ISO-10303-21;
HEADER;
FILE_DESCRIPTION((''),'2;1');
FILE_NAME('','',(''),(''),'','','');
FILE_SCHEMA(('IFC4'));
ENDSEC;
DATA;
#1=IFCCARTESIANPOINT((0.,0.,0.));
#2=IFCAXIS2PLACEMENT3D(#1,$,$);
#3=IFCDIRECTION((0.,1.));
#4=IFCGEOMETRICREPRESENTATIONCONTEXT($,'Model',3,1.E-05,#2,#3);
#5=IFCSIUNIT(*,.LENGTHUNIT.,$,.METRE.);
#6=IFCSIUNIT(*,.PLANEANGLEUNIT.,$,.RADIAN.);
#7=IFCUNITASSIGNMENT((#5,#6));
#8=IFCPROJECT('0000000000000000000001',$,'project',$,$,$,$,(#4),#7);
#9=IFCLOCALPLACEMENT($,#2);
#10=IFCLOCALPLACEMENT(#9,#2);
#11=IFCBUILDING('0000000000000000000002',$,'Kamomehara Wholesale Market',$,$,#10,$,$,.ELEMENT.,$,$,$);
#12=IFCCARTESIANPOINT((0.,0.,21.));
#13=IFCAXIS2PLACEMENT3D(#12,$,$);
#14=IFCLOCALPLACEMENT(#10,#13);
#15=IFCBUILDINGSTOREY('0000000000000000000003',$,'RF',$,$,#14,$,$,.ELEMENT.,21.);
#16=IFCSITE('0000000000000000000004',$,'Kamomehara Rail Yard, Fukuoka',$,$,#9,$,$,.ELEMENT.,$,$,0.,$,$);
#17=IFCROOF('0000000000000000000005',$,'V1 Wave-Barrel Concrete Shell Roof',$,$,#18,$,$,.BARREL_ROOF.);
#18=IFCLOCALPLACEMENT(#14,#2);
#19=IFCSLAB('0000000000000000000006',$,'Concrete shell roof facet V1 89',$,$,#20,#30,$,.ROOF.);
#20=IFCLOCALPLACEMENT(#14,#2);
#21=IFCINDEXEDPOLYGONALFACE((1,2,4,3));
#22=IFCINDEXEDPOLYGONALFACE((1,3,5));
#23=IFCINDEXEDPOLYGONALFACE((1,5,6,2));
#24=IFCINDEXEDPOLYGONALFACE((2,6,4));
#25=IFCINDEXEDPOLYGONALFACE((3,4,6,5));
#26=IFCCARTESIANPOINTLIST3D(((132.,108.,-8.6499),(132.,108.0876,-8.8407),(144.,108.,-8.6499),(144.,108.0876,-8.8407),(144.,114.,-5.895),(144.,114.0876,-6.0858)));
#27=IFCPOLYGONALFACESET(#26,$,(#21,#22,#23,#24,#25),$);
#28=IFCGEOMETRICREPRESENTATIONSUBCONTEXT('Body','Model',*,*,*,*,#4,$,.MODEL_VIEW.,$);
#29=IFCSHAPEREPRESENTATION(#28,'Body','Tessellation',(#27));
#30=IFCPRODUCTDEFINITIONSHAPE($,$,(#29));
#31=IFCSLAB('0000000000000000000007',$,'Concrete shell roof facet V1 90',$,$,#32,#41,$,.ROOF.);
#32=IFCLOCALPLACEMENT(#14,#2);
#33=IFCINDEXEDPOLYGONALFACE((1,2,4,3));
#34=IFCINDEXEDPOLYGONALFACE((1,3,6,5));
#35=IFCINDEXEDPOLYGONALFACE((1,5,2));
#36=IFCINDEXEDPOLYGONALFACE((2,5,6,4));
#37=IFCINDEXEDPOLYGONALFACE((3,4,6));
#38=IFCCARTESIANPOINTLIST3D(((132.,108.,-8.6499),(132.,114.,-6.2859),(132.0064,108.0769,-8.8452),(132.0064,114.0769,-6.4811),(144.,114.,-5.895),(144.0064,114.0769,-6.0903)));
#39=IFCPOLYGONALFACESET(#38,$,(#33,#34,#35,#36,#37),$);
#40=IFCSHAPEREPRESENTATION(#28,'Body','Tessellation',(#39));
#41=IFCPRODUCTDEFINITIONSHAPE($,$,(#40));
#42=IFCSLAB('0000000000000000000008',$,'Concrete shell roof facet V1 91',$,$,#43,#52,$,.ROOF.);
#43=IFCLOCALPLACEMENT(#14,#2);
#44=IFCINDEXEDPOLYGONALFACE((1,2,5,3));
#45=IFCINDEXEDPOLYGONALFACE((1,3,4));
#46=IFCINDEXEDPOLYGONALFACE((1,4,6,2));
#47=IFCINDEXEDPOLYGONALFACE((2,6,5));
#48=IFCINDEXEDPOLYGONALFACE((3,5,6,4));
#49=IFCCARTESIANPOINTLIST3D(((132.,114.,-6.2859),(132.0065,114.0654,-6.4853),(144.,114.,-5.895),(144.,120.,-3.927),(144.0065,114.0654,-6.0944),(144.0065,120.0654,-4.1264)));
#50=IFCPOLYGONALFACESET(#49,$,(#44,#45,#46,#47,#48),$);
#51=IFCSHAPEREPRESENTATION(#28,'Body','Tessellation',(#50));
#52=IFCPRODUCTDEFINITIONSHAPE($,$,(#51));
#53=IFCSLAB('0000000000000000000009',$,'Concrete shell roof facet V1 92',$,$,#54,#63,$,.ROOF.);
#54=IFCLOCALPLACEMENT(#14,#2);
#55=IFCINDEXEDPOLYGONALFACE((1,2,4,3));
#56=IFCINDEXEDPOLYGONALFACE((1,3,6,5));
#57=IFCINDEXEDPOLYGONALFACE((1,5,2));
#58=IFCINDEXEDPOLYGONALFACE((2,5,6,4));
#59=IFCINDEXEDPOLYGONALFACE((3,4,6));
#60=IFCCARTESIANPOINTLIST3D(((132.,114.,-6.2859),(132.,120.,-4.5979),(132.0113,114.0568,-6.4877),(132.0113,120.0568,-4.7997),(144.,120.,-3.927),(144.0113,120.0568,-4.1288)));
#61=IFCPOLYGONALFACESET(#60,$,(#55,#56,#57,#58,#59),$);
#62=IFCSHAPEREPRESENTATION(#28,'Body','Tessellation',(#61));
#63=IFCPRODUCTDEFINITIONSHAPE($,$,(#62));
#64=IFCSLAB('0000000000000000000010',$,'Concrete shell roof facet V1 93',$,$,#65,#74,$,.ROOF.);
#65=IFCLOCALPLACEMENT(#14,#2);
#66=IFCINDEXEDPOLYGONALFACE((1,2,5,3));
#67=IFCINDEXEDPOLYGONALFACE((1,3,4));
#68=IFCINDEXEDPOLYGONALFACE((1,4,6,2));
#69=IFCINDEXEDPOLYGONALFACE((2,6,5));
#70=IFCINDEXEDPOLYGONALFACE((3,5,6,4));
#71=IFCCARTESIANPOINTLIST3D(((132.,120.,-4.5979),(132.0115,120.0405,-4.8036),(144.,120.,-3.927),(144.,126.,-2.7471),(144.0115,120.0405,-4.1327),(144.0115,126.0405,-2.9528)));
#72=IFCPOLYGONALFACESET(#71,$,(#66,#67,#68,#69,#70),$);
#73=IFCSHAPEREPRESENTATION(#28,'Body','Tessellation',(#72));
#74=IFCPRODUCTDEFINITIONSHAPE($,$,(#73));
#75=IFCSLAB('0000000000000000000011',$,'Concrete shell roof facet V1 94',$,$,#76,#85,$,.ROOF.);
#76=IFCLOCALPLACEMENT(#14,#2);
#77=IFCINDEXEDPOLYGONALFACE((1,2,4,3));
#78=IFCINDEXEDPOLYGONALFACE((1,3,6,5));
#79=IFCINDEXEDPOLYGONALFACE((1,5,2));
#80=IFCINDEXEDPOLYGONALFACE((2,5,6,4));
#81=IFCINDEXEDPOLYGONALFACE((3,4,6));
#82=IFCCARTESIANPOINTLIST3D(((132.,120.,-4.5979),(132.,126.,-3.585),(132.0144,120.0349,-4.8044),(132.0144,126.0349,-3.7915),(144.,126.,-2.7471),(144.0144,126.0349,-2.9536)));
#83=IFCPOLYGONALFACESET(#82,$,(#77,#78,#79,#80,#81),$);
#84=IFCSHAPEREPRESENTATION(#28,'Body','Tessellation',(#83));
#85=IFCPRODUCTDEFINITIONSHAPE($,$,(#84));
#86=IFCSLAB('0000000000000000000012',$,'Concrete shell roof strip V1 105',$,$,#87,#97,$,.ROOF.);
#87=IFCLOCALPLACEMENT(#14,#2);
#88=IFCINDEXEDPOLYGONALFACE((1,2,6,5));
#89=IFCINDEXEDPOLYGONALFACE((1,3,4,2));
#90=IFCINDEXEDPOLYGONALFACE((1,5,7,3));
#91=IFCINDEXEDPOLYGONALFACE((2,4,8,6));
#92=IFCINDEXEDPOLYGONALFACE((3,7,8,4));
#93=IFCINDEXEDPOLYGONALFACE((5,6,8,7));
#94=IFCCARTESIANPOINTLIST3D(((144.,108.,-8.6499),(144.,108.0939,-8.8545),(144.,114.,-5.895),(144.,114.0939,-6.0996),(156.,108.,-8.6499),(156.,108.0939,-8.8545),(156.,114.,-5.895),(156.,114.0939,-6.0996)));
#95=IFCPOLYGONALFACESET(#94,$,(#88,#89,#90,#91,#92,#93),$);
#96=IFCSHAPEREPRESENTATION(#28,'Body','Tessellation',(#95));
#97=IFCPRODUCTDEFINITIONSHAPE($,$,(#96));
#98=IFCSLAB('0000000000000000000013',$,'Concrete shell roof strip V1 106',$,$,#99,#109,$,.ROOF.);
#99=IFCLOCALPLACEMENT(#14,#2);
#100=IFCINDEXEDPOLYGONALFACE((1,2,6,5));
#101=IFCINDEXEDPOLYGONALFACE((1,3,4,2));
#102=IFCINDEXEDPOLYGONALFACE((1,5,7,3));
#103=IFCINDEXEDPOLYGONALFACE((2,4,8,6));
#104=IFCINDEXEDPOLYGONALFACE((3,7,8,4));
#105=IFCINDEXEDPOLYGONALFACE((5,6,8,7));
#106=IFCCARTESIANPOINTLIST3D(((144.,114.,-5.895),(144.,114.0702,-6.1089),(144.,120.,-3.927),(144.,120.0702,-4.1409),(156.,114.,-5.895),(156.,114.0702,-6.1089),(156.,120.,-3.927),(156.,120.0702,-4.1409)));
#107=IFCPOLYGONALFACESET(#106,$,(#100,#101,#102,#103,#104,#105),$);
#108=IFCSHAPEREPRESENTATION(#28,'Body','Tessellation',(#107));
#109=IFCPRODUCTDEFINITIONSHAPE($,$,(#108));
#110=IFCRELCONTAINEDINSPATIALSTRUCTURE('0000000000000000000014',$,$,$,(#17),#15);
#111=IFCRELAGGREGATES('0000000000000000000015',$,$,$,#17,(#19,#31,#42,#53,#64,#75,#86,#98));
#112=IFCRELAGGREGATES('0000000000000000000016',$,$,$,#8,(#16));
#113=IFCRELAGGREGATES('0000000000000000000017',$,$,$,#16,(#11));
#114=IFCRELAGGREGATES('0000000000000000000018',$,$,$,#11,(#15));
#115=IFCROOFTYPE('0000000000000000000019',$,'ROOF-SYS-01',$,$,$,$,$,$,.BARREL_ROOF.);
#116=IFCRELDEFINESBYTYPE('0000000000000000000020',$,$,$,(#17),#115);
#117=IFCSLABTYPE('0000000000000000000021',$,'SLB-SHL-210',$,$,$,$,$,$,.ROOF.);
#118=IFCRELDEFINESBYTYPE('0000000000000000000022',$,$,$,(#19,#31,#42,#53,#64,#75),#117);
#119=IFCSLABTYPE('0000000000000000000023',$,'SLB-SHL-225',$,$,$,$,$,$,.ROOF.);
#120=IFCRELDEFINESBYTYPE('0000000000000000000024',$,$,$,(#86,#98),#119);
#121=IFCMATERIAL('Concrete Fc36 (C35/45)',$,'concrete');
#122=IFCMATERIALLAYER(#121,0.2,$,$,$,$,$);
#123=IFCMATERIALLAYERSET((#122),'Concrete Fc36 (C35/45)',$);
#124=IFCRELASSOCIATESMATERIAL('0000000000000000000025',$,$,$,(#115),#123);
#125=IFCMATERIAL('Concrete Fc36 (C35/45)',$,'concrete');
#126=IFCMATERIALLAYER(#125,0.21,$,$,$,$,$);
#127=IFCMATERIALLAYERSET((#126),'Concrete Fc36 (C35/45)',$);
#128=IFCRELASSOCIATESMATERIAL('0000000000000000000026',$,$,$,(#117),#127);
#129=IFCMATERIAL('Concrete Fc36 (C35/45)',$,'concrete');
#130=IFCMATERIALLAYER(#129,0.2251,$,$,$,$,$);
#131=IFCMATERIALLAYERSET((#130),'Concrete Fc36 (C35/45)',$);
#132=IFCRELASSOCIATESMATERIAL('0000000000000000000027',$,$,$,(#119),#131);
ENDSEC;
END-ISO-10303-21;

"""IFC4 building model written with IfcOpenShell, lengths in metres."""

from ifc_helpers import new_model, si_unit, direction, frame, origin, place, context, subcontext, project, spatial, polyline, outline, extrude, material, layer, layer_set, type_object, element, aggregate, save


model = new_model("IFC4")

# Units and contexts
model_context = context("Model", 3, precision=1e-05, world=origin(), true_north=direction((0.0, 1.0)))
body_context = subcontext(model_context, "Body", "Model", "MODEL_VIEW")
ifc_project = project(units=[si_unit("LENGTHUNIT", "METRE"), si_unit("PLANEANGLEUNIT", "RADIAN")], contexts=[model_context])

# Site, building, storey
site_placement = place(None, origin())
site = spatial("IfcSite", under=ifc_project, at=site_placement, Name="Kamomehara Rail Yard, Fukuoka", CompositionType="ELEMENT", RefElevation=0.0)
building_placement = place(site_placement, origin())
building = spatial("IfcBuilding", under=site, at=building_placement, Name="Kamomehara Wholesale Market", CompositionType="ELEMENT")
storey_placement = place(building_placement, frame((0.0, 0.0, 21.0)))
storey = spatial("IfcBuildingStorey", under=building, at=storey_placement, Name="RF", CompositionType="ELEMENT", Elevation=21.0)

# Roof, slabs
ifc_material_1 = material(Name="Concrete Fc36 (C35/45)", Category="concrete")
ifc_layer_1 = layer(ifc_material_1, 0.2)
ifc_layer_set_1 = layer_set([ifc_layer_1], Name="Concrete Fc36 (C35/45)")
roof_type = type_object("IfcRoofType", Name="ROOF-SYS-01", PredefinedType="BARREL_ROOF", material=ifc_layer_set_1)
roof_placement = place(storey_placement, origin())
roof = element("IfcRoof", 1, at=roof_placement, inside=storey, type_object=roof_type, Name="V1 Wave-Barrel Concrete Shell Roof", PredefinedType="BARREL_ROOF")
ifc_material_2 = material(Name="Concrete Fc36 (C35/45)", Category="concrete")
ifc_layer_2 = layer(ifc_material_2, 0.21)
ifc_layer_set_2 = layer_set([ifc_layer_2], Name="Concrete Fc36 (C35/45)")
slab_type_1 = type_object("IfcSlabType", Name="SLB-SHL-210", PredefinedType="ROOF", material=ifc_layer_set_2)
slab_1_placement = place(storey_placement, frame((132.0, 108.0, -8.6499), z_axis=(0.0, -0.417266, 0.908784), x_axis=(1.0, 0.0, 0.0)))
slab_1 = element("IfcSlab", 2, at=slab_1_placement, type_object=slab_type_1, Name="Concrete shell roof facet V1 89", PredefinedType="ROOF", context=body_context, shape_type="SweptSolid", body=[
    extrude(outline(polyline([(0.0, 0.0), (12.0, 0.0), (12.0, 6.6022), (0.0, 0.0)])), origin(), (0.0, 0.0, -1.0), 0.21),
])
slab_2_placement = place(storey_placement, frame((132.0, 108.0, -8.6499), z_axis=(-0.030291, -0.366407, 0.929962), x_axis=(0.876147, 0.438074, 0.20114)))
slab_2 = element("IfcSlab", 3, at=slab_2_placement, type_object=slab_type_1, Name="Concrete shell roof facet V1 90", PredefinedType="ROOF", context=body_context, shape_type="SweptSolid", body=[
    extrude(outline(polyline([(0.0, 0.0), (13.6963, 0.0), (3.1039, 5.6528), (0.0, 0.0)])), origin(), (0.0, 0.0, -1.0), 0.21),
])
slab_3_placement = place(storey_placement, frame((132.0, 114.0, -6.2859), z_axis=(-0.030935, -0.311517, 0.949737), x_axis=(0.99947, 0.0, 0.032555)))
slab_3 = element("IfcSlab", 4, at=slab_3_placement, type_object=slab_type_1, Name="Concrete shell roof facet V1 91", PredefinedType="ROOF", context=body_context, shape_type="SweptSolid", body=[
    extrude(outline(polyline([(0.0, 0.0), (12.0064, 0.0), (12.0704, 6.3142), (0.0, 0.0)])), origin(), (0.0, 0.0, -1.0), 0.21),
])
slab_4_placement = place(storey_placement, frame((132.0, 114.0, -6.2859), z_axis=(-0.053741, -0.270427, 0.961239), x_axis=(0.880915, 0.440457, 0.173165)))
slab_4 = element("IfcSlab", 5, at=slab_4_placement, type_object=slab_type_1, Name="Concrete shell roof facet V1 92", PredefinedType="ROOF", context=body_context, shape_type="SweptSolid", body=[
    extrude(outline(polyline([(0.0, 0.0), (13.6222, 0.0), (2.935, 5.4986), (0.0, 0.0)])), origin(), (0.0, 0.0, -1.0), 0.21),
])
slab_5_placement = place(storey_placement, frame((132.0, 120.0, -4.5979), z_axis=(-0.054775, -0.19267, 0.979734), x_axis=(0.998441, 0.0, 0.055821)))
slab_5 = element("IfcSlab", 6, at=slab_5_placement, type_object=slab_type_1, Name="Concrete shell roof facet V1 93", PredefinedType="ROOF", context=body_context, shape_type="SweptSolid", body=[
    extrude(outline(polyline([(0.0, 0.0), (12.0187, 0.0), (12.0846, 6.1146), (0.0, 0.0)])), origin(), (0.0, 0.0, -1.0), 0.21),
])
slab_6_placement = place(storey_placement, frame((132.0, 120.0, -4.5979), z_axis=(-0.068687, -0.166074, 0.983718), x_axis=(0.886036, 0.443018, 0.136658)))
slab_6 = element("IfcSlab", 7, at=slab_6_placement, type_object=slab_type_1, Name="Concrete shell roof facet V1 94", PredefinedType="ROOF", context=body_context, shape_type="SweptSolid", body=[
    extrude(outline(polyline([(0.0, 0.0), (13.5435, 0.0), (2.7965, 5.4042), (0.0, 0.0)])), origin(), (0.0, 0.0, -1.0), 0.21),
])
ifc_material_3 = material(Name="Concrete Fc36 (C35/45)", Category="concrete")
ifc_layer_3 = layer(ifc_material_3, 0.2251)
ifc_layer_set_3 = layer_set([ifc_layer_3], Name="Concrete Fc36 (C35/45)")
slab_type_2 = type_object("IfcSlabType", Name="SLB-SHL-225", PredefinedType="ROOF", material=ifc_layer_set_3)
slab_7_placement = place(storey_placement, frame((144.0, 108.0, -8.6499), z_axis=(0.0, -0.417266, 0.908784), x_axis=(1.0, 0.0, 0.0)))
slab_7 = element("IfcSlab", 8, at=slab_7_placement, type_object=slab_type_2, Name="Concrete shell roof strip V1 105", PredefinedType="ROOF", context=body_context, shape_type="SweptSolid", body=[
    extrude(outline(polyline([(0.0, 0.0), (12.0, 0.0), (12.0, 6.6022), (0.0, 6.6022), (0.0, 0.0)])), origin(), (0.0, 0.0, -1.0), 0.2251),
])
slab_8_placement = place(storey_placement, frame((144.0, 114.0, -5.895), z_axis=(0.0, -0.311666, 0.950192), x_axis=(1.0, 0.0, 0.0)))
slab_8 = element("IfcSlab", 9, at=slab_8_placement, type_object=slab_type_2, Name="Concrete shell roof strip V1 106", PredefinedType="ROOF", context=body_context, shape_type="SweptSolid", body=[
    extrude(outline(polyline([(0.0, 0.0), (12.0, 0.0), (12.0, 6.3145), (0.0, 6.3145), (0.0, 0.0)])), origin(), (0.0, 0.0, -1.0), 0.2251),
])
aggregate(roof, [slab_1, slab_2, slab_3, slab_4, slab_5, slab_6, slab_7, slab_8])

save(model, "model.ifc")
